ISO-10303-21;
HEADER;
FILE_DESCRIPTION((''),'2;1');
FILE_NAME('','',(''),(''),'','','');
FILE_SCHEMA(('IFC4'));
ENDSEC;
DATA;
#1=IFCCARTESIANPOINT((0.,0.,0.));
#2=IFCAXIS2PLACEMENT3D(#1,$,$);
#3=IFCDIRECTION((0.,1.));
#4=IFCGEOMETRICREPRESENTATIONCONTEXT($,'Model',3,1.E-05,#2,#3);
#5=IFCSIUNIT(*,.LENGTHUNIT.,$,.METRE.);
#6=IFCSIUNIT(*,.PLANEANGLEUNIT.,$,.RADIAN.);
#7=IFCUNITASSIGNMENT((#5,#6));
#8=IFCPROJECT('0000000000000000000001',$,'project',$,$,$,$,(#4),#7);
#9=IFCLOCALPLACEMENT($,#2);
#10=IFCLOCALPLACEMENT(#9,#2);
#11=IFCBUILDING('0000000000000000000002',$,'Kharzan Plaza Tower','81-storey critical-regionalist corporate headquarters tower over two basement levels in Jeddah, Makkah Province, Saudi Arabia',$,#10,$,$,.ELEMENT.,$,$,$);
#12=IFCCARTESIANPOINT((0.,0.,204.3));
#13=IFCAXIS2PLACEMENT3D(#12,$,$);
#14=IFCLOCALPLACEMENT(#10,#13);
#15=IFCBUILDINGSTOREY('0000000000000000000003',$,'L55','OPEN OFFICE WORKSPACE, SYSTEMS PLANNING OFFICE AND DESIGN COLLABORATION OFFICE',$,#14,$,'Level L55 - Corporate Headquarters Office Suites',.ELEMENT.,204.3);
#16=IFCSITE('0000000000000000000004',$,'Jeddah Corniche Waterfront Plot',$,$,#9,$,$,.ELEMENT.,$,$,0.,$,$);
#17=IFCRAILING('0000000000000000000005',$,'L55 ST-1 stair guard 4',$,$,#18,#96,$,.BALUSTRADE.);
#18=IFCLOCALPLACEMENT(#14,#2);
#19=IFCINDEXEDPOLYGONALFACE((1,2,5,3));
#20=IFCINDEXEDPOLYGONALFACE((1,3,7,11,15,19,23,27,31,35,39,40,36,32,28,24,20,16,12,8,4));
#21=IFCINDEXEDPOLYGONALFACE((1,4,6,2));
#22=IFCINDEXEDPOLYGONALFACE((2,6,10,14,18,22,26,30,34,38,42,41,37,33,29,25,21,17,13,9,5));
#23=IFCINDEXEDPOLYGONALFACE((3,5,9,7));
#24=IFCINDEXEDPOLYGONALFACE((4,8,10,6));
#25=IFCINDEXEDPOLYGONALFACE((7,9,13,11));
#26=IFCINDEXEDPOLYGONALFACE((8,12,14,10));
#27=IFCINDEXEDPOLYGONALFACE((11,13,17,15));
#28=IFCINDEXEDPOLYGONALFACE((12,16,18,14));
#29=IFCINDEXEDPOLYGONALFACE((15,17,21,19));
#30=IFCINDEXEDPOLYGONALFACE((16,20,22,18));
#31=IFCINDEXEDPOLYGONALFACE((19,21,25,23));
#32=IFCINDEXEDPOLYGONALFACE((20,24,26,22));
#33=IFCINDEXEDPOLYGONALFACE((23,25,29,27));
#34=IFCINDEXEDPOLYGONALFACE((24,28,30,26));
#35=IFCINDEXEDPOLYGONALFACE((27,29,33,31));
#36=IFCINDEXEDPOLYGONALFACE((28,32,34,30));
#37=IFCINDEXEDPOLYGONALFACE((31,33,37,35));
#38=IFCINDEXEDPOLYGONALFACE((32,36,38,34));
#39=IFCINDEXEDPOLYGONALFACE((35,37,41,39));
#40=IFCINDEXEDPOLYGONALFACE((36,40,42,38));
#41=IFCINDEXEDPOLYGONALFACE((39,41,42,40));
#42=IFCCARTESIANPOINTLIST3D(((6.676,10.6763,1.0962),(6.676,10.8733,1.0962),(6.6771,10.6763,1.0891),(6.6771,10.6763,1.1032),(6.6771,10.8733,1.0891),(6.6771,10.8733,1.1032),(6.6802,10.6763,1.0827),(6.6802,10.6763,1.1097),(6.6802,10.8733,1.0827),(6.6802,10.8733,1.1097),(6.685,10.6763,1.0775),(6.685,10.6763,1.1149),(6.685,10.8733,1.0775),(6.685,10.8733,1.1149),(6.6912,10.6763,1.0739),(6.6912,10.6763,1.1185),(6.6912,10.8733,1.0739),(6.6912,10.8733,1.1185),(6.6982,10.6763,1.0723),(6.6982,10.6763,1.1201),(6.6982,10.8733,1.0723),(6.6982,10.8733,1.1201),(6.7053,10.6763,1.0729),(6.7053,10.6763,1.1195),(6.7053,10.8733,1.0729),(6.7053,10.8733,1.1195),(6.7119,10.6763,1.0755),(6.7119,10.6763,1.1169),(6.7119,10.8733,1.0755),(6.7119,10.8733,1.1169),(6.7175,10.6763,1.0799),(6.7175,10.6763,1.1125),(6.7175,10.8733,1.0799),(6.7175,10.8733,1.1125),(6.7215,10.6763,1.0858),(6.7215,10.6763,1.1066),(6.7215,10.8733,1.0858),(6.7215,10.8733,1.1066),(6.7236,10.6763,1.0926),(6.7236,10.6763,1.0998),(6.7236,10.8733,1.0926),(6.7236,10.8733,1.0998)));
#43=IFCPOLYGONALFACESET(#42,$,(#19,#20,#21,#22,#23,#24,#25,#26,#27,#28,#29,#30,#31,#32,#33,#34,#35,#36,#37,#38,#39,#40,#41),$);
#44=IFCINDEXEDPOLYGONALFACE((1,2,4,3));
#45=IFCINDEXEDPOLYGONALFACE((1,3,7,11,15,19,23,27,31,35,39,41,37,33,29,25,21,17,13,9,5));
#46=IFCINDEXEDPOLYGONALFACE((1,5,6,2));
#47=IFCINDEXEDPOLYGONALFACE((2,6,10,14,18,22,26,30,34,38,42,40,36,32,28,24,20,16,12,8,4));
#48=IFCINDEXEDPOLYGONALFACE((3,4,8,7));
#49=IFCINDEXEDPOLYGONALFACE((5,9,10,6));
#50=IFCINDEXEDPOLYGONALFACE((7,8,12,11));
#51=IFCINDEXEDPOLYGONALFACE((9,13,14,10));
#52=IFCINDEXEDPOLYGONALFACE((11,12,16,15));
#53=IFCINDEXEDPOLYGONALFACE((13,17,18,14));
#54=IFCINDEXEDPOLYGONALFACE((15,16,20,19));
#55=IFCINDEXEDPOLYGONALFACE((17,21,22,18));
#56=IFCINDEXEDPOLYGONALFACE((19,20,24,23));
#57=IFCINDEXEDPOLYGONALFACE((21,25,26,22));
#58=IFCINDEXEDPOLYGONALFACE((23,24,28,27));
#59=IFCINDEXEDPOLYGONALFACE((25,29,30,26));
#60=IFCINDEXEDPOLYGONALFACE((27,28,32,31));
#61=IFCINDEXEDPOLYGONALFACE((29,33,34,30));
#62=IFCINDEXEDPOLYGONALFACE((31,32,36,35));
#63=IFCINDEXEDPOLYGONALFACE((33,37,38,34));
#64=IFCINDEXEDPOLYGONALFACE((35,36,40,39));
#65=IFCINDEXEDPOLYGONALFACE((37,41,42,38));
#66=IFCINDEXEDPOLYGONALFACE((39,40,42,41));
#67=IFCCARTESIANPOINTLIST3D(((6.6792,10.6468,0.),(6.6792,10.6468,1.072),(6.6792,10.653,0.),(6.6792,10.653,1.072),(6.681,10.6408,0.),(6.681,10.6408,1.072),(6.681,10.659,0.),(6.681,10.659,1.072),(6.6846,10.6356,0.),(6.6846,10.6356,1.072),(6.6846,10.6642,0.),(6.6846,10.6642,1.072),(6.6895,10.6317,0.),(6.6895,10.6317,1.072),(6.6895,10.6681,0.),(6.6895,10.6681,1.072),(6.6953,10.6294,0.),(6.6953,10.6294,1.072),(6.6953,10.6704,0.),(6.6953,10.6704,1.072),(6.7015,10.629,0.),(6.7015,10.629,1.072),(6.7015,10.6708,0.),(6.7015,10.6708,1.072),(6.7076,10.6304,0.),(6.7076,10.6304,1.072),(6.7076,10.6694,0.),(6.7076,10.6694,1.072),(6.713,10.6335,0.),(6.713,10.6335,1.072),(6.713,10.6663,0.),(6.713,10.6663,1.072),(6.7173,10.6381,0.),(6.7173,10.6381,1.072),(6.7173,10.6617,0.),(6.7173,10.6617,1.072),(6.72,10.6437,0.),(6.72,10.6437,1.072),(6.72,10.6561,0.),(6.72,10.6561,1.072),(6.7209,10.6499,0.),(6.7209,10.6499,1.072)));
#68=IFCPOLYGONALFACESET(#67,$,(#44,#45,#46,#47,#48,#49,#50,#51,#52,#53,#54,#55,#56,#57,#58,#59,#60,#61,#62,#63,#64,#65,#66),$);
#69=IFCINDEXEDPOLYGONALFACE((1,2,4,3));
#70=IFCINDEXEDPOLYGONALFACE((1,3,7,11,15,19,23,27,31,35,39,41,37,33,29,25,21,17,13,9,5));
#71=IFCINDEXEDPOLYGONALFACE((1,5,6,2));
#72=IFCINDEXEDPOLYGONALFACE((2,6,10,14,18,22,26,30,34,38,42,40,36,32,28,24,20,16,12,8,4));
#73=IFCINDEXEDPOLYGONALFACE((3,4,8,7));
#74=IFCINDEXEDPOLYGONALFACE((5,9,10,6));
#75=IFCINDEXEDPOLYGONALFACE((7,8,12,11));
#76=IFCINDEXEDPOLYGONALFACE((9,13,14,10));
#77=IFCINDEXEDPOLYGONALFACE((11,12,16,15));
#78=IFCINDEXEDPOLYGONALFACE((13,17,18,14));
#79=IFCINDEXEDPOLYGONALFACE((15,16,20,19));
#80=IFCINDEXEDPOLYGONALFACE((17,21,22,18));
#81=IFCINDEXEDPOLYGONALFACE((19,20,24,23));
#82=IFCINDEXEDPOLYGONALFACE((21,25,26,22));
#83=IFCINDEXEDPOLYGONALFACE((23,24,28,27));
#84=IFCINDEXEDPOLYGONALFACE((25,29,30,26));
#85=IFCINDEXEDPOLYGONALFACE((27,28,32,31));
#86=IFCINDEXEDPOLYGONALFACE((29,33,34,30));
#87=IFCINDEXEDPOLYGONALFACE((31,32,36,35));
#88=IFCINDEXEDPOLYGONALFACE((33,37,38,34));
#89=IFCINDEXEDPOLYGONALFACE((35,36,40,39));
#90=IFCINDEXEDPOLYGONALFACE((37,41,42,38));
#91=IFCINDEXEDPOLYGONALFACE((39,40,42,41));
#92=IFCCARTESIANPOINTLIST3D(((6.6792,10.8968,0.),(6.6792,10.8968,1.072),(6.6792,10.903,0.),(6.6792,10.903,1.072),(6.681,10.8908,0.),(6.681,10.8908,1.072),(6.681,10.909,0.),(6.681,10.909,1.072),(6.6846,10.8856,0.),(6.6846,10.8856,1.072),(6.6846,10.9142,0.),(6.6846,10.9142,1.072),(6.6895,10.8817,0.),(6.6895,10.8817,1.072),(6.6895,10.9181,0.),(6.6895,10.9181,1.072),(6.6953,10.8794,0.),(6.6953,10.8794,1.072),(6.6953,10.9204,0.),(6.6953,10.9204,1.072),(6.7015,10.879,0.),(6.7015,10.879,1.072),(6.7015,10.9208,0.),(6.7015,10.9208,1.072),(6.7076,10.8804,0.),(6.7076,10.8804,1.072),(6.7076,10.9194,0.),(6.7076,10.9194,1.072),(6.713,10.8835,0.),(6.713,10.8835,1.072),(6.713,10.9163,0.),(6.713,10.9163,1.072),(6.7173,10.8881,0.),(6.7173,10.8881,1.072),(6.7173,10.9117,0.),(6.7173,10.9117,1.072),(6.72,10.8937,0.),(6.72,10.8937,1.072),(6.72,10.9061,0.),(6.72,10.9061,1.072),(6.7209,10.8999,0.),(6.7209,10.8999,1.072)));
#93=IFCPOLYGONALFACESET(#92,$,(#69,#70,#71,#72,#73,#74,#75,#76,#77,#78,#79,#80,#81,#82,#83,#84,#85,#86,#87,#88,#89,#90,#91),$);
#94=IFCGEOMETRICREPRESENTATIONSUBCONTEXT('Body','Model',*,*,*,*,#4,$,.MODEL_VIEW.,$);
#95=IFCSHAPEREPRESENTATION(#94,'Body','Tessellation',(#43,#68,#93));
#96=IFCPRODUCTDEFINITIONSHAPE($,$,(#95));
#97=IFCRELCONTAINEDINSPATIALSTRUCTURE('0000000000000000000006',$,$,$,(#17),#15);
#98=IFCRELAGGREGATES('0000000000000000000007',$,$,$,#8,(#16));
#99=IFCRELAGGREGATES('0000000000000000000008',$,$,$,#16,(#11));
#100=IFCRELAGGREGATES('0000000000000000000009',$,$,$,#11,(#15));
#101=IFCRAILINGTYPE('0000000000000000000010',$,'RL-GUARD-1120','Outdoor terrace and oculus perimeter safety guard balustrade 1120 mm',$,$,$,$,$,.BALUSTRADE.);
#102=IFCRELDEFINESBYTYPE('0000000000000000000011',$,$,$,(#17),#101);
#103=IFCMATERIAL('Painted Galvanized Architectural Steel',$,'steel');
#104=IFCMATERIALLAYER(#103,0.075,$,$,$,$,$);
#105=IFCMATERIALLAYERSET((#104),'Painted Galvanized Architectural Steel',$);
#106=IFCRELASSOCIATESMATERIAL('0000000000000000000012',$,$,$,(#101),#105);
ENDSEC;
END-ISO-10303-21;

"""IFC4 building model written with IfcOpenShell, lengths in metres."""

from ifc_helpers import new_model, si_unit, direction, frame, origin, origin_2d, place, context, subcontext, project, spatial, circle, extrude, source, transform, mapped, material, layer, layer_set, type_object, element, save


model = new_model("IFC4")

# Units and contexts
model_context = context("Model", 3, precision=1e-05, world=origin(), true_north=direction((0.0, 1.0)))
body_context = subcontext(model_context, "Body", "Model", "MODEL_VIEW")
ifc_project = project(units=[si_unit("LENGTHUNIT", "METRE"), si_unit("PLANEANGLEUNIT", "RADIAN")], contexts=[model_context])

# Site, building, storey
site_placement = place(None, origin())
site = spatial("IfcSite", under=ifc_project, at=site_placement, Name="Jeddah Corniche Waterfront Plot", CompositionType="ELEMENT", RefElevation=0.0)
building_placement = place(site_placement, origin())
building = spatial("IfcBuilding", under=site, at=building_placement, Name="Kharzan Plaza Tower", Description="81-storey critical-regionalist corporate headquarters tower over two basement levels in Jeddah, Makkah Province, Saudi Arabia", CompositionType="ELEMENT")
storey_placement = place(building_placement, frame((0.0, 0.0, 204.3)))
storey = spatial("IfcBuildingStorey", under=building, at=storey_placement, Name="L55", Description="OPEN OFFICE WORKSPACE, SYSTEMS PLANNING OFFICE AND DESIGN COLLABORATION OFFICE", LongName="Level L55 - Corporate Headquarters Office Suites", CompositionType="ELEMENT", Elevation=204.3)

# Railing
ifc_material_1 = material(Name="Painted Galvanized Architectural Steel", Category="steel")
ifc_layer_1 = layer(ifc_material_1, 0.075)
ifc_layer_set_1 = layer_set([ifc_layer_1], Name="Painted Galvanized Architectural Steel")
railing_type = type_object("IfcRailingType", Name="RL-GUARD-1120", Description="Outdoor terrace and oculus perimeter safety guard balustrade 1120 mm", PredefinedType="BALUSTRADE", material=ifc_layer_set_1)
shared_shape_1 = source(origin(), body_context, "Body", "SweptSolid", [
    extrude(circle(Radius=0.0239, at=origin_2d()), frame((0.0, 0.0264, 1.0962), z_axis=(0.0, 1.0, 0.0), x_axis=(-1.0, 0.0, 0.0)), (0.0, 0.0, 1.0), 0.197),
    extrude(circle(Radius=0.021, at=origin_2d()), origin(), (0.0, 0.0, 1.0), 1.072),
    extrude(circle(Radius=0.021, at=origin_2d()), frame((0.0, 0.25, 0.0)), (0.0, 0.0, 1.0), 1.072),
])
railing_1_placement = place(storey_placement, frame((6.7, 10.6499, 0.0)))
element("IfcRailing", 1, at=railing_1_placement, inside=storey, type_object=railing_type, Name="L55 ST-1 stair guard 4", PredefinedType="BALUSTRADE", context=body_context, shape_type="MappedRepresentation", body=[
    mapped(shared_shape_1, transform((0.0, 0.0, 0.0), x_axis=(1.0, 0.0, 0.0), y_axis=(0.0, 1.0, 0.0), z_axis=(0.0, 0.0, 1.0))),
])

save(model, "model.ifc")
